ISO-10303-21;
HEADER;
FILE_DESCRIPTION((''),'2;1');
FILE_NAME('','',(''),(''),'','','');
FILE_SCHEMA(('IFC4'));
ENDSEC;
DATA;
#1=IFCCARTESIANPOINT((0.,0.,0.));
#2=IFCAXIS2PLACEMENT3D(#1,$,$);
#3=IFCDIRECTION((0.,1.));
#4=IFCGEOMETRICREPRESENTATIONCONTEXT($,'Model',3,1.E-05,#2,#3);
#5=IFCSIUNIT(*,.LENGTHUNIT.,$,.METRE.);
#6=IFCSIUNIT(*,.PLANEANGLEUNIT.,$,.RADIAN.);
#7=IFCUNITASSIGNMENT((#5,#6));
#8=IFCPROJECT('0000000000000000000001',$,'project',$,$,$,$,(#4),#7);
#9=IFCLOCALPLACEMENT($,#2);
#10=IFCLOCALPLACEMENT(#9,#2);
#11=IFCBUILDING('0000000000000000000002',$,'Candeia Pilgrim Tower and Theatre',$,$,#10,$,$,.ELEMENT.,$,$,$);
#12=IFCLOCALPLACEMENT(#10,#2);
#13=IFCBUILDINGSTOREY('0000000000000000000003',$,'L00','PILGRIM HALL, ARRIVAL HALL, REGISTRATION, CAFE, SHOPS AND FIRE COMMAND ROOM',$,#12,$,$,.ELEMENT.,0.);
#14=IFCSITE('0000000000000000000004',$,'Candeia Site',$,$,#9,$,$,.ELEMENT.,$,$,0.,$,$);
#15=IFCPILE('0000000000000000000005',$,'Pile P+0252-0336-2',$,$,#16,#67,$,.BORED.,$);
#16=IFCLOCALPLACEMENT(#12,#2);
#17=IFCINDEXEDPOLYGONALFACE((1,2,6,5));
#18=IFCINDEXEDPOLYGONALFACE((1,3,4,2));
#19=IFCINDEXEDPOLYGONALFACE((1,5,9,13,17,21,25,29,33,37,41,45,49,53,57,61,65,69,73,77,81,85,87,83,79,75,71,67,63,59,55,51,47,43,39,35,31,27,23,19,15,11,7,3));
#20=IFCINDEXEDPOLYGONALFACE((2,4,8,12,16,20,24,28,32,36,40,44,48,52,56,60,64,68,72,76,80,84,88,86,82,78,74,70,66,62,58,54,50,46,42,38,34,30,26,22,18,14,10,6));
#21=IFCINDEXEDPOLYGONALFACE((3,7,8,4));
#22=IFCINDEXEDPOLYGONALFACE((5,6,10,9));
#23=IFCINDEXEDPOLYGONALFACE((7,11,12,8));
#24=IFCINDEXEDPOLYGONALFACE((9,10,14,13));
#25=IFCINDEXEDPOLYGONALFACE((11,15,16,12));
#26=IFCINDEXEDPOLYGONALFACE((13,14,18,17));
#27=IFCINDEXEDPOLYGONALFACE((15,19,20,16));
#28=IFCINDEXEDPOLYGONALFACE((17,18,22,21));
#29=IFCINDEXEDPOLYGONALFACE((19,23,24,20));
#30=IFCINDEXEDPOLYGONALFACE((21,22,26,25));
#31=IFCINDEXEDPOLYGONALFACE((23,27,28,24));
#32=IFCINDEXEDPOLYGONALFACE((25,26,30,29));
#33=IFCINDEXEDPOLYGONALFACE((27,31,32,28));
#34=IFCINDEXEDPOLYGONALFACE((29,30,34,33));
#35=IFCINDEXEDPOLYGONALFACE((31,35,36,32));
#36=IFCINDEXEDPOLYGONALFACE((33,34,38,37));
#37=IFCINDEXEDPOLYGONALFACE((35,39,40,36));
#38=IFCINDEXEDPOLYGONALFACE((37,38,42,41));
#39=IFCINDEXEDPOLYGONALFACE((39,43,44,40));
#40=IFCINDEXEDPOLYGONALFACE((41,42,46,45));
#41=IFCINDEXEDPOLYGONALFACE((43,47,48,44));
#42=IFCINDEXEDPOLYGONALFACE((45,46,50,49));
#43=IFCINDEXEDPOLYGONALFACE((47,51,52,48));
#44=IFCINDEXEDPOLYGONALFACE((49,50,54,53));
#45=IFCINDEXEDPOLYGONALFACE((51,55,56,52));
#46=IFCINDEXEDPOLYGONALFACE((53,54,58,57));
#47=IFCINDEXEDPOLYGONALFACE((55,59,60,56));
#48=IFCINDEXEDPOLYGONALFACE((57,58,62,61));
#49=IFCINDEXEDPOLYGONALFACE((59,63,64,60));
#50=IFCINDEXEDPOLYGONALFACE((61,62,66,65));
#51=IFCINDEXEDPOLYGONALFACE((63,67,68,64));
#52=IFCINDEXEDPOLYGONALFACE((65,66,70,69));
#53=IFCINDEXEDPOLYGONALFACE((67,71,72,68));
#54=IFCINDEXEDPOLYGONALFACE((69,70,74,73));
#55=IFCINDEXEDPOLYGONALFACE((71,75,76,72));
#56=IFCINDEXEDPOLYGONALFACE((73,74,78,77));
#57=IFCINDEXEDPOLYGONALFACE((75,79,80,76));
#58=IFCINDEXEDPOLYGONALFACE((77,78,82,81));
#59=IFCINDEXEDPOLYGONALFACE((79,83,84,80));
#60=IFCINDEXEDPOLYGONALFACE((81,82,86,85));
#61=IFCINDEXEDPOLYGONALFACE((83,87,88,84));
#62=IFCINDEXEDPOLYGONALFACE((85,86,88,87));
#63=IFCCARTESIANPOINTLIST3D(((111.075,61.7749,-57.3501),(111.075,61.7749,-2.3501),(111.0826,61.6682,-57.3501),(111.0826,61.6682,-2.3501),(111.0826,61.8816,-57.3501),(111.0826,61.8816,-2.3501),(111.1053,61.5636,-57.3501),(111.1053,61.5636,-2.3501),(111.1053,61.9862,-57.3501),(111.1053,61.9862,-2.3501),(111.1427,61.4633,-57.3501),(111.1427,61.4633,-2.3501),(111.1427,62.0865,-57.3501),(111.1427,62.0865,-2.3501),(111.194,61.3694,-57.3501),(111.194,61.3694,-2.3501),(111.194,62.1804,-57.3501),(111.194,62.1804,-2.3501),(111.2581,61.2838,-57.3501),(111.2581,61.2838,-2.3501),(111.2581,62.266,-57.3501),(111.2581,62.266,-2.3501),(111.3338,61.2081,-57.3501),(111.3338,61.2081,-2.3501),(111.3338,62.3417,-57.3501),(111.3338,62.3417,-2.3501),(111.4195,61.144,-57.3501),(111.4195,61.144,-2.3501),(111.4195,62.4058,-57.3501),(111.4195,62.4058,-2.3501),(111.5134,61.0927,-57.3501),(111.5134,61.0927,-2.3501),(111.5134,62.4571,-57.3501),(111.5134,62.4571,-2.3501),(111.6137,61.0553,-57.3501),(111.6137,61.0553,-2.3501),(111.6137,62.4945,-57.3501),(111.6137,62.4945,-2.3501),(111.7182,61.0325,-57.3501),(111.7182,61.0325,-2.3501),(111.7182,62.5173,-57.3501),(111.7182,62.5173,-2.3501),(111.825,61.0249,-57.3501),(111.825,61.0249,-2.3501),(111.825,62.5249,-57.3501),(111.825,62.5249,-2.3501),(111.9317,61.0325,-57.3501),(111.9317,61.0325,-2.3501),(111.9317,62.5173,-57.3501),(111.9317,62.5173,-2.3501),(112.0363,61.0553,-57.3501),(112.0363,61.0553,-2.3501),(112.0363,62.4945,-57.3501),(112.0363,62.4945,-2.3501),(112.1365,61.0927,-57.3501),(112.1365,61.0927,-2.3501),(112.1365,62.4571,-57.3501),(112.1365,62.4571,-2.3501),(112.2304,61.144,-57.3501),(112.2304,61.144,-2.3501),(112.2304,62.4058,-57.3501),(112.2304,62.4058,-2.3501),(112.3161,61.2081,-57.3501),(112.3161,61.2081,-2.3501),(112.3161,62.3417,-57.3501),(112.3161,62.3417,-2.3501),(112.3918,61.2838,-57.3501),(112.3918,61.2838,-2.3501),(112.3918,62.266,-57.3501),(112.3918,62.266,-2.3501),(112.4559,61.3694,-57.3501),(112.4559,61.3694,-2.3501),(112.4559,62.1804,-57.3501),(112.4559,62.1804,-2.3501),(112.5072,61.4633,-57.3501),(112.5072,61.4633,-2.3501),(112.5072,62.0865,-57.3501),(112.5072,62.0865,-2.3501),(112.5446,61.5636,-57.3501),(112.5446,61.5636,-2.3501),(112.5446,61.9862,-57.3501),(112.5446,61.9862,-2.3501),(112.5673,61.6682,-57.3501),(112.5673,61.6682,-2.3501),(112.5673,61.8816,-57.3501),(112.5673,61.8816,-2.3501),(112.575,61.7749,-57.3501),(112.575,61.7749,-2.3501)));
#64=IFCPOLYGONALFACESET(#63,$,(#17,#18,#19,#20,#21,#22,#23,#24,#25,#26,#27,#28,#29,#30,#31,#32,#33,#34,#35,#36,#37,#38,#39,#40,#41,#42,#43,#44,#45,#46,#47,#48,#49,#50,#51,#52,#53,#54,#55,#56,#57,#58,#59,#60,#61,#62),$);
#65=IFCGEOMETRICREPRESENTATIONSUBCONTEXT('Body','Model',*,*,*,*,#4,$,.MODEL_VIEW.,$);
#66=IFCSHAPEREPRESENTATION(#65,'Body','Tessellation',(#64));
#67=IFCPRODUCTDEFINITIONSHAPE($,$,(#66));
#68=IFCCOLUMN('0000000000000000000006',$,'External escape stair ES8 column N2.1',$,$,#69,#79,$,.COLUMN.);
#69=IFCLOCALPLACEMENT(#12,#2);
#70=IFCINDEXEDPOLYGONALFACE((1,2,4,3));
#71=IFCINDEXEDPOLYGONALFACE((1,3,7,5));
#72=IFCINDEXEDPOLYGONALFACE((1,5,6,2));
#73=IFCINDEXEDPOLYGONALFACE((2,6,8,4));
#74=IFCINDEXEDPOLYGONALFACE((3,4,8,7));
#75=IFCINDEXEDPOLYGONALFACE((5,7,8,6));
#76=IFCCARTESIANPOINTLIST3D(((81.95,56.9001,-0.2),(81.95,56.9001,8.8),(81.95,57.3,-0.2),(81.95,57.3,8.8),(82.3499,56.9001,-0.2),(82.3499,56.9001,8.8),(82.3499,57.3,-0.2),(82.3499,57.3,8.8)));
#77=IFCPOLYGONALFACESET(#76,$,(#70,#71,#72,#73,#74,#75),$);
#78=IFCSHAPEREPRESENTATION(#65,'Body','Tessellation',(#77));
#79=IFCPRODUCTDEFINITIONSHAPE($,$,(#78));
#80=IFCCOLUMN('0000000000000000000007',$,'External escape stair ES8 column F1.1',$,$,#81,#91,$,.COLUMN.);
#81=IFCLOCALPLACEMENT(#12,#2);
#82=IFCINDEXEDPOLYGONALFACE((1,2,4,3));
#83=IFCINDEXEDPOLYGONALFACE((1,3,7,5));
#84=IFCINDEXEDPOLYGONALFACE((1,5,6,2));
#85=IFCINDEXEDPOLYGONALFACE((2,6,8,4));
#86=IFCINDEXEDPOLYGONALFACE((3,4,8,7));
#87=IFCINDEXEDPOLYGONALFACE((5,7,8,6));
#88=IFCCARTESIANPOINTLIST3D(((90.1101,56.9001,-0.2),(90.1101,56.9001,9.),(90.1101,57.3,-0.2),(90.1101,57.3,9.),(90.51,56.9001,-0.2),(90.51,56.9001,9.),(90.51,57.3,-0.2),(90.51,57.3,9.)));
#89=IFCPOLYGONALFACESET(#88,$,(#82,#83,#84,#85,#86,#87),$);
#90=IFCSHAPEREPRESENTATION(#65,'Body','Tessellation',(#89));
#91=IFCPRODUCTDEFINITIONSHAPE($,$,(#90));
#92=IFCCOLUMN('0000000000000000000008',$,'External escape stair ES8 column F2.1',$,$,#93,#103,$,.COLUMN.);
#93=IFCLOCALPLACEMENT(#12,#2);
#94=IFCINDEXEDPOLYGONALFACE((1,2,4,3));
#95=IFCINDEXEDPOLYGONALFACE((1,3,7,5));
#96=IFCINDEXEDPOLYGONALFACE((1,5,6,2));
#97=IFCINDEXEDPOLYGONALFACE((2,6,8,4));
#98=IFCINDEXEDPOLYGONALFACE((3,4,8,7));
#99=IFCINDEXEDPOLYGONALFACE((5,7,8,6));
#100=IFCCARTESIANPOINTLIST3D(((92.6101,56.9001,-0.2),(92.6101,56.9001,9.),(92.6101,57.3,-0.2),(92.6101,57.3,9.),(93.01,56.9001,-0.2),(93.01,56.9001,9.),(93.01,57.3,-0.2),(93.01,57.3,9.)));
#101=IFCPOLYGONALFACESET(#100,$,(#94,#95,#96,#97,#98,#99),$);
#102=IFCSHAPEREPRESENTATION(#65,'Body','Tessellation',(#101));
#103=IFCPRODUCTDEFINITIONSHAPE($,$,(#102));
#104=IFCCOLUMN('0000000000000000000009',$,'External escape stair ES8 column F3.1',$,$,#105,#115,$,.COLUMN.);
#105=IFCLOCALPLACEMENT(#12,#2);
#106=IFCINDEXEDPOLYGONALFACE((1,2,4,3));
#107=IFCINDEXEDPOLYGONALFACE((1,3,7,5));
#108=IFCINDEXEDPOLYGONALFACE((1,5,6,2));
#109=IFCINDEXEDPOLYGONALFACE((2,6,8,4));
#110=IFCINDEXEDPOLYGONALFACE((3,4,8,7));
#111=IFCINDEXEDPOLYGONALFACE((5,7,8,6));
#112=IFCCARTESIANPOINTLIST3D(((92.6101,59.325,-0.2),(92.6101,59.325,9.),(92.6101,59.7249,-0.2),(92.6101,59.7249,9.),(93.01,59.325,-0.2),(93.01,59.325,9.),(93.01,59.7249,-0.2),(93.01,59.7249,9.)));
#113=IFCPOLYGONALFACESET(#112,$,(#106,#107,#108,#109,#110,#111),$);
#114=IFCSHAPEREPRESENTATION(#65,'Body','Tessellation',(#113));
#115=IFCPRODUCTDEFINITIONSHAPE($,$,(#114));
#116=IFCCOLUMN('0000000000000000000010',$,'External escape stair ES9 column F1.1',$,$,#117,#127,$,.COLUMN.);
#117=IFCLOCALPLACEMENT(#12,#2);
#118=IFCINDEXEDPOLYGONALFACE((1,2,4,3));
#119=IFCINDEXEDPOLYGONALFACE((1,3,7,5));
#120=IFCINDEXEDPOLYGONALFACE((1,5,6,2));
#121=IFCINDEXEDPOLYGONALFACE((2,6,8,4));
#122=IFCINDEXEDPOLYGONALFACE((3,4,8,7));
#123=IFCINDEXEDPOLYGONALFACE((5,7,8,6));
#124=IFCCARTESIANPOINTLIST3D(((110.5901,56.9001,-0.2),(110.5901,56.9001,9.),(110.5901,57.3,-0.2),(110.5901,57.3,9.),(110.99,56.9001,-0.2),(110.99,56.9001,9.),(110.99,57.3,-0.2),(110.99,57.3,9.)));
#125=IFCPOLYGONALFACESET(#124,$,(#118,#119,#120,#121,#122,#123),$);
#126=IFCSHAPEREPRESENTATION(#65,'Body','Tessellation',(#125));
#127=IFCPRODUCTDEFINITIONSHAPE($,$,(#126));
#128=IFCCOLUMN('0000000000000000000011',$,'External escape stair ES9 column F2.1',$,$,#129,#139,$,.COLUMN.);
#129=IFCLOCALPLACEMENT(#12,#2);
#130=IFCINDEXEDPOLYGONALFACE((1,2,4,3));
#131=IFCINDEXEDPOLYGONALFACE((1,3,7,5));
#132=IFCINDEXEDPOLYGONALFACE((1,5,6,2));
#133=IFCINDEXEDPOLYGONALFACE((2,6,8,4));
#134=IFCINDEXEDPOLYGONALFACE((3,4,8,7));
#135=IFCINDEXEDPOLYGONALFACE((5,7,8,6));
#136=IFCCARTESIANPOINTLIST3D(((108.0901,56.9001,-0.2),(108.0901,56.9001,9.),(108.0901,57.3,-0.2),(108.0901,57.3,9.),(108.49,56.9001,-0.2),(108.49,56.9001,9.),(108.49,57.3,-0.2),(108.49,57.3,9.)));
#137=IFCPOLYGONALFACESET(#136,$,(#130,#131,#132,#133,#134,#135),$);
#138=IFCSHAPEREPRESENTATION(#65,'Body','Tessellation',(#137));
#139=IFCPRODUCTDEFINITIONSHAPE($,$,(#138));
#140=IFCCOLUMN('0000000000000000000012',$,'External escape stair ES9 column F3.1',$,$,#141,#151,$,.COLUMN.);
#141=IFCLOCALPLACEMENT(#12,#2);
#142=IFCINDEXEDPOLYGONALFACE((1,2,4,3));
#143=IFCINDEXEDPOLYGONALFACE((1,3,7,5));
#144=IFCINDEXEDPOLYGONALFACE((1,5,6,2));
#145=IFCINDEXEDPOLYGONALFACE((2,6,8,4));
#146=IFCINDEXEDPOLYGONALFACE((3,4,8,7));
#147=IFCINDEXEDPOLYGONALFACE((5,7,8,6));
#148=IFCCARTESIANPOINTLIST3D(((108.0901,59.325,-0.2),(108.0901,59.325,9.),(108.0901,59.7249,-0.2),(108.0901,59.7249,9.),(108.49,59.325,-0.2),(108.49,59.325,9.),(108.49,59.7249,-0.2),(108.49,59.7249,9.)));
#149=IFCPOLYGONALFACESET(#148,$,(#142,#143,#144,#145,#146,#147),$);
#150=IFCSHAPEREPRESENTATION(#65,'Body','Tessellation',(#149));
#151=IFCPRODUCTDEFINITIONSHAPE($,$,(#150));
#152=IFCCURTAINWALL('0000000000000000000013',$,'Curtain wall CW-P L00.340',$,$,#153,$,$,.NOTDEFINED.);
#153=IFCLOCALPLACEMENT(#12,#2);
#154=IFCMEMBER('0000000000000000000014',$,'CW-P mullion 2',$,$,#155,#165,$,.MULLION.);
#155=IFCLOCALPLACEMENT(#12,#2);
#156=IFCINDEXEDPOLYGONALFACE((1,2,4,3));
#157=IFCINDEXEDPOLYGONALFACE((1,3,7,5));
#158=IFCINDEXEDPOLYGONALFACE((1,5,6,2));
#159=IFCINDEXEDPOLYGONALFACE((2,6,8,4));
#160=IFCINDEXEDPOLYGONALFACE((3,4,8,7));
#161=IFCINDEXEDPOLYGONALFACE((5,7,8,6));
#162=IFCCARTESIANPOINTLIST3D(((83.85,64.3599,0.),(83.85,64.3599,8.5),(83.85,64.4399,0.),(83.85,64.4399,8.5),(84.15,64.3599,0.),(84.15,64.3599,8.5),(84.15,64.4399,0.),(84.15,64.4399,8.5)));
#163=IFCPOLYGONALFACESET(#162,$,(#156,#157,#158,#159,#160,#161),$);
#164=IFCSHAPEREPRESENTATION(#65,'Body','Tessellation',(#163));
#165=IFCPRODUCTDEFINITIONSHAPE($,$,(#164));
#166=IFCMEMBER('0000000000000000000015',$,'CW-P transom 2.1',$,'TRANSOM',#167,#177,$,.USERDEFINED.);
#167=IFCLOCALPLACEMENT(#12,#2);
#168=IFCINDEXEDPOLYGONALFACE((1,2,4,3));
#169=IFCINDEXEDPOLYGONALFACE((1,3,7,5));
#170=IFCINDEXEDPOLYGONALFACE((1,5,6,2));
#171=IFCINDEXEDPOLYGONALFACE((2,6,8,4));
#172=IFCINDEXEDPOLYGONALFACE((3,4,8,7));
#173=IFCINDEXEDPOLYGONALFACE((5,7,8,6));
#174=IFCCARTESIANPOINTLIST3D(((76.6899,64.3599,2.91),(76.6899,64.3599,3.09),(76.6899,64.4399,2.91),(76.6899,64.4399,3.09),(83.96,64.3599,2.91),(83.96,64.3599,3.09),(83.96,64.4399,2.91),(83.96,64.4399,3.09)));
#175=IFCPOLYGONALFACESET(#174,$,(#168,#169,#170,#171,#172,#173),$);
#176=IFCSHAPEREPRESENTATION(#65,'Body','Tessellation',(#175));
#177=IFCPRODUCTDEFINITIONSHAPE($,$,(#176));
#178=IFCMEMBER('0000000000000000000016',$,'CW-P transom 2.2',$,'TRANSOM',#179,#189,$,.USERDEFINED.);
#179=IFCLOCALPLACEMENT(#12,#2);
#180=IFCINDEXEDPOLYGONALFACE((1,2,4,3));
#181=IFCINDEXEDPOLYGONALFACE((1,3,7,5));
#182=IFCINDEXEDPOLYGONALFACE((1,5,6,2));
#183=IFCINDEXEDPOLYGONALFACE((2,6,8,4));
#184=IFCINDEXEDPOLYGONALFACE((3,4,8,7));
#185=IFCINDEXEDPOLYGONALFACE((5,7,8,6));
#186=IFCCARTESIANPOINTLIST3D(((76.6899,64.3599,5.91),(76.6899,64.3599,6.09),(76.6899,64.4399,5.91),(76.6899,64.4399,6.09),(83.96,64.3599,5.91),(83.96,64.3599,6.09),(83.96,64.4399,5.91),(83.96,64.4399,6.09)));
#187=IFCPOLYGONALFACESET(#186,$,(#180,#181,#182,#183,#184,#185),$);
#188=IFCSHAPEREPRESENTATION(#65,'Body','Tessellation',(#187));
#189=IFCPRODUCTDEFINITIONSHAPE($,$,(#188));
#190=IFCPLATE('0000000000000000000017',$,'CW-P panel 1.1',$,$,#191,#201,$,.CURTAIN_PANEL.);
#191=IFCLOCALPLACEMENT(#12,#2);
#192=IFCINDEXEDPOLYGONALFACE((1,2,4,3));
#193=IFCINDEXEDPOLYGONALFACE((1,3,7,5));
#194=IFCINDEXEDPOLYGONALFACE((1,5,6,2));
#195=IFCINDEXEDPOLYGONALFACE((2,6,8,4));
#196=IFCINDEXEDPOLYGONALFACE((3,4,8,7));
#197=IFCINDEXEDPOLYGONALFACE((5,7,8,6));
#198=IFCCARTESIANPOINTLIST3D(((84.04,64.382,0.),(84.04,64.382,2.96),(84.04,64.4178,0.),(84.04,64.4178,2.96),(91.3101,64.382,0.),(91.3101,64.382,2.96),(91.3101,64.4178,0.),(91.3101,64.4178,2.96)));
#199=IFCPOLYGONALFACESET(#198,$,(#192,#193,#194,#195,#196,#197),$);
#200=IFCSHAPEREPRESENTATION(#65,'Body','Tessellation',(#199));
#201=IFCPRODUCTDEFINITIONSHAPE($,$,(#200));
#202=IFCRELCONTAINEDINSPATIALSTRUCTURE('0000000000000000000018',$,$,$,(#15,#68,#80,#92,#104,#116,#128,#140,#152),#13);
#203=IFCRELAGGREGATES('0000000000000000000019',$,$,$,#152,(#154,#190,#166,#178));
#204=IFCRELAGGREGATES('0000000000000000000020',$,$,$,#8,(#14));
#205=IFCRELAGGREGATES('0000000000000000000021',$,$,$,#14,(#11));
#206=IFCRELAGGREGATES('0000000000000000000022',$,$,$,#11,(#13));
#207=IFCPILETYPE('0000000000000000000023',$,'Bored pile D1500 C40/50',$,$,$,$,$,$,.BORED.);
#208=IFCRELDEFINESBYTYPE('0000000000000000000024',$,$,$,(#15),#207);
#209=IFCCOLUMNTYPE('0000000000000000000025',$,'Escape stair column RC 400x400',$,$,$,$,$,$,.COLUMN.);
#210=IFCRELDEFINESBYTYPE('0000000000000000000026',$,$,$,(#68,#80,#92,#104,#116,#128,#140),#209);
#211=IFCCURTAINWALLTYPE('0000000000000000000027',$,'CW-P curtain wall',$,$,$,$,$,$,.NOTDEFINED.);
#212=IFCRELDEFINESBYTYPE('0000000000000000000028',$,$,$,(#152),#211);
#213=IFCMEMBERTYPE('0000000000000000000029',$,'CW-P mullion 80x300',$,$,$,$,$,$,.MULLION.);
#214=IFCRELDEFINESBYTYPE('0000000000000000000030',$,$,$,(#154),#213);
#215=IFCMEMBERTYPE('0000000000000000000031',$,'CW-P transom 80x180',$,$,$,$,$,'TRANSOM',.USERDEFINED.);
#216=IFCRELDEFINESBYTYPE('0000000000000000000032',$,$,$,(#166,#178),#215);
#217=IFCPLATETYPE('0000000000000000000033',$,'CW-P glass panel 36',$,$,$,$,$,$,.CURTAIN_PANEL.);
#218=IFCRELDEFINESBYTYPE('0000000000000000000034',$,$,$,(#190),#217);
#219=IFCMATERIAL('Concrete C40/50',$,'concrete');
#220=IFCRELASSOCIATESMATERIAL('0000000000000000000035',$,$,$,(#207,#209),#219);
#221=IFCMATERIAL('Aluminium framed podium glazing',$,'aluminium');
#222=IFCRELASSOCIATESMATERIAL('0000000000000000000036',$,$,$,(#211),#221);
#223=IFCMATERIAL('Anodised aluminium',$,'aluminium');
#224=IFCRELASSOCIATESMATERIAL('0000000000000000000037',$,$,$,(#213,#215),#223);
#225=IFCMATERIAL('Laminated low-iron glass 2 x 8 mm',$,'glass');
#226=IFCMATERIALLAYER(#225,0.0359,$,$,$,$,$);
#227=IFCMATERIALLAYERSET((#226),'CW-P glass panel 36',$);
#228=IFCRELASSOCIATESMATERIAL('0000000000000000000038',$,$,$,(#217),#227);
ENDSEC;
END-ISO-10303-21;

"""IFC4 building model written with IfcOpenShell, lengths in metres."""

from ifc_helpers import new_model, si_unit, direction, frame, origin, origin_2d, place, context, subcontext, project, spatial, rectangle, circle, extrude, material, layer, layer_set, material_profile, profile_set, type_object, element, aggregate, save


model = new_model("IFC4")

# Units and contexts
model_context = context("Model", 3, precision=1e-05, world=origin(), true_north=direction((0.0, 1.0)))
body_context = subcontext(model_context, "Body", "Model", "MODEL_VIEW")
ifc_project = project(units=[si_unit("LENGTHUNIT", "METRE"), si_unit("PLANEANGLEUNIT", "RADIAN")], contexts=[model_context])

# Site, building, storey
site_placement = place(None, origin())
site = spatial("IfcSite", under=ifc_project, at=site_placement, Name="Candeia Site", CompositionType="ELEMENT", RefElevation=0.0)
building_placement = place(site_placement, origin())
building = spatial("IfcBuilding", under=site, at=building_placement, Name="Candeia Pilgrim Tower and Theatre", CompositionType="ELEMENT")
storey_placement = place(building_placement, origin())
storey = spatial("IfcBuildingStorey", under=building, at=storey_placement, Name="L00", Description="PILGRIM HALL, ARRIVAL HALL, REGISTRATION, CAFE, SHOPS AND FIRE COMMAND ROOM", CompositionType="ELEMENT", Elevation=0.0)

# Pile
ifc_material_1 = material(Name="Concrete C40/50", Category="concrete")
ifc_material_profile_1 = material_profile(ifc_material_1, circle(Radius=0.75, at=origin_2d()))
ifc_profile_set_1 = profile_set([ifc_material_profile_1], Name="Concrete C40/50")
pile_type = type_object("IfcPileType", Name="Bored pile D1500 C40/50", PredefinedType="BORED", material=ifc_profile_set_1)
for number, where, z_axis, x_axis, name in (
    (1, (111.825, 61.7749, -2.3501), (0.0, 0.0, -1.0), (1.0, 0.0, 0.0), "Pile P+0252-0336-2"),
):
    element("IfcPile", number, at=place(storey_placement, frame(where, z_axis=z_axis, x_axis=x_axis)), inside=storey, type_object=pile_type, Name=name, PredefinedType="BORED", context=body_context, shape_type="SweptSolid", body=[
        extrude(circle(Radius=0.75, at=origin_2d()), origin(), (0.0, 0.0, 1.0), 55.0),
    ])

# Columns
ifc_material_profile_2 = material_profile(ifc_material_1, rectangle(XDim=0.3999, YDim=0.3999, at=origin_2d()))
ifc_profile_set_2 = profile_set([ifc_material_profile_2], Name="Concrete C40/50")
column_type = type_object("IfcColumnType", Name="Escape stair column RC 400x400", PredefinedType="COLUMN", material=ifc_profile_set_2)
column_placement = place(storey_placement, frame((82.1499, 57.1001, -0.2), z_axis=(0.0, 0.0, 1.0), x_axis=(1.0, 0.0, 0.0)))
element("IfcColumn", 2, at=column_placement, inside=storey, type_object=column_type, Name="External escape stair ES8 column N2.1", PredefinedType="COLUMN", context=body_context, shape_type="SweptSolid", body=[
    extrude(rectangle(XDim=0.3999, YDim=0.3999, at=origin_2d()), origin(), (0.0, 0.0, 1.0), 9.0),
])
for number, where, z_axis, x_axis, name in (
    (3, (90.3101, 57.1001, -0.2), (0.0, 0.0, 1.0), (1.0, 0.0, 0.0), "External escape stair ES8 column F1.1"),
    (4, (92.8101, 57.1001, -0.2), (0.0, 0.0, 1.0), (1.0, 0.0, 0.0), "External escape stair ES8 column F2.1"),
    (5, (92.8101, 59.5249, -0.2), (0.0, 0.0, 1.0), (1.0, 0.0, 0.0), "External escape stair ES8 column F3.1"),
    (6, (110.79, 57.1001, -0.2), (0.0, 0.0, 1.0), (1.0, 0.0, 0.0), "External escape stair ES9 column F1.1"),
    (7, (108.29, 57.1001, -0.2), (0.0, 0.0, 1.0), (1.0, 0.0, 0.0), "External escape stair ES9 column F2.1"),
    (8, (108.29, 59.5249, -0.2), (0.0, 0.0, 1.0), (1.0, 0.0, 0.0), "External escape stair ES9 column F3.1"),
):
    element("IfcColumn", number, at=place(storey_placement, frame(where, z_axis=z_axis, x_axis=x_axis)), inside=storey, type_object=column_type, Name=name, PredefinedType="COLUMN", context=body_context, shape_type="SweptSolid", body=[
        extrude(rectangle(XDim=0.3999, YDim=0.3999, at=origin_2d()), origin(), (0.0, 0.0, 1.0), 9.2),
    ])

# Curtain wall, members, plate
ifc_material_2 = material(Name="Aluminium framed podium glazing", Category="aluminium")
curtain_wall_type = type_object("IfcCurtainWallType", Name="CW-P curtain wall", PredefinedType="NOTDEFINED", material=ifc_material_2)
curtain_wall_placement = place(storey_placement, origin())
curtain_wall = element("IfcCurtainWall", 9, at=curtain_wall_placement, inside=storey, type_object=curtain_wall_type, Name="Curtain wall CW-P L00.340", PredefinedType="NOTDEFINED")
ifc_material_3 = material(Name="Anodised aluminium", Category="aluminium")
ifc_material_profile_3 = material_profile(ifc_material_3, rectangle(XDim=0.0801, YDim=0.3, at=origin_2d()))
ifc_profile_set_3 = profile_set([ifc_material_profile_3], Name="Anodised aluminium")
member_type_1 = type_object("IfcMemberType", Name="CW-P mullion 80x300", PredefinedType="MULLION", material=ifc_profile_set_3)
member_1_placement = place(storey_placement, frame((84.0, 64.3999, 0.0), z_axis=(0.0, 0.0, 1.0), x_axis=(0.0, -1.0, 0.0)))
member_1 = element("IfcMember", 10, at=member_1_placement, type_object=member_type_1, Name="CW-P mullion 2", PredefinedType="MULLION", context=body_context, shape_type="SweptSolid", body=[
    extrude(rectangle(XDim=0.0801, YDim=0.3, at=origin_2d()), origin(), (0.0, 0.0, 1.0), 8.5),
])
ifc_material_profile_4 = material_profile(ifc_material_3, rectangle(XDim=0.0801, YDim=0.1799, at=origin_2d()))
ifc_profile_set_4 = profile_set([ifc_material_profile_4], Name="Anodised aluminium")
member_type_2 = type_object("IfcMemberType", Name="CW-P transom 80x180", ElementType="TRANSOM", PredefinedType="USERDEFINED", material=ifc_profile_set_4)
member_2_placement = place(storey_placement, frame((83.96, 64.3999, 3.0), z_axis=(-1.0, 0.0, 0.0), x_axis=(0.0, -1.0, 0.0)))
member_2 = element("IfcMember", 11, at=member_2_placement, type_object=member_type_2, Name="CW-P transom 2.1", ObjectType="TRANSOM", PredefinedType="USERDEFINED", context=body_context, shape_type="SweptSolid", body=[
    extrude(rectangle(XDim=0.0801, YDim=0.1799, at=origin_2d()), origin(), (0.0, 0.0, 1.0), 7.27),
])
member_3_placement = place(storey_placement, frame((83.96, 64.3999, 6.0), z_axis=(-1.0, 0.0, 0.0), x_axis=(0.0, -1.0, 0.0)))
member_3 = element("IfcMember", 12, at=member_3_placement, type_object=member_type_2, Name="CW-P transom 2.2", ObjectType="TRANSOM", PredefinedType="USERDEFINED", context=body_context, shape_type="SweptSolid", body=[
    extrude(rectangle(XDim=0.0801, YDim=0.1799, at=origin_2d()), origin(), (0.0, 0.0, 1.0), 7.27),
])
ifc_material_4 = material(Name="Laminated low-iron glass 2 x 8 mm", Category="glass")
ifc_layer = layer(ifc_material_4, 0.0359)
ifc_layer_set = layer_set([ifc_layer], Name="CW-P glass panel 36")
plate_type = type_object("IfcPlateType", Name="CW-P glass panel 36", PredefinedType="CURTAIN_PANEL", material=ifc_layer_set)
plate_1_placement = place(storey_placement, frame((87.675, 64.3999, 0.0), z_axis=(0.0, 0.0, 1.0), x_axis=(-1.0, 0.0, 0.0)))
plate_1 = element("IfcPlate", 13, at=plate_1_placement, type_object=plate_type, Name="CW-P panel 1.1", PredefinedType="CURTAIN_PANEL", context=body_context, shape_type="SweptSolid", body=[
    extrude(rectangle(XDim=7.27, YDim=0.0359, at=origin_2d()), origin(), (0.0, 0.0, 1.0), 2.96),
])
aggregate(curtain_wall, [member_1, plate_1, member_2, member_3])

save(model, "model.ifc")
